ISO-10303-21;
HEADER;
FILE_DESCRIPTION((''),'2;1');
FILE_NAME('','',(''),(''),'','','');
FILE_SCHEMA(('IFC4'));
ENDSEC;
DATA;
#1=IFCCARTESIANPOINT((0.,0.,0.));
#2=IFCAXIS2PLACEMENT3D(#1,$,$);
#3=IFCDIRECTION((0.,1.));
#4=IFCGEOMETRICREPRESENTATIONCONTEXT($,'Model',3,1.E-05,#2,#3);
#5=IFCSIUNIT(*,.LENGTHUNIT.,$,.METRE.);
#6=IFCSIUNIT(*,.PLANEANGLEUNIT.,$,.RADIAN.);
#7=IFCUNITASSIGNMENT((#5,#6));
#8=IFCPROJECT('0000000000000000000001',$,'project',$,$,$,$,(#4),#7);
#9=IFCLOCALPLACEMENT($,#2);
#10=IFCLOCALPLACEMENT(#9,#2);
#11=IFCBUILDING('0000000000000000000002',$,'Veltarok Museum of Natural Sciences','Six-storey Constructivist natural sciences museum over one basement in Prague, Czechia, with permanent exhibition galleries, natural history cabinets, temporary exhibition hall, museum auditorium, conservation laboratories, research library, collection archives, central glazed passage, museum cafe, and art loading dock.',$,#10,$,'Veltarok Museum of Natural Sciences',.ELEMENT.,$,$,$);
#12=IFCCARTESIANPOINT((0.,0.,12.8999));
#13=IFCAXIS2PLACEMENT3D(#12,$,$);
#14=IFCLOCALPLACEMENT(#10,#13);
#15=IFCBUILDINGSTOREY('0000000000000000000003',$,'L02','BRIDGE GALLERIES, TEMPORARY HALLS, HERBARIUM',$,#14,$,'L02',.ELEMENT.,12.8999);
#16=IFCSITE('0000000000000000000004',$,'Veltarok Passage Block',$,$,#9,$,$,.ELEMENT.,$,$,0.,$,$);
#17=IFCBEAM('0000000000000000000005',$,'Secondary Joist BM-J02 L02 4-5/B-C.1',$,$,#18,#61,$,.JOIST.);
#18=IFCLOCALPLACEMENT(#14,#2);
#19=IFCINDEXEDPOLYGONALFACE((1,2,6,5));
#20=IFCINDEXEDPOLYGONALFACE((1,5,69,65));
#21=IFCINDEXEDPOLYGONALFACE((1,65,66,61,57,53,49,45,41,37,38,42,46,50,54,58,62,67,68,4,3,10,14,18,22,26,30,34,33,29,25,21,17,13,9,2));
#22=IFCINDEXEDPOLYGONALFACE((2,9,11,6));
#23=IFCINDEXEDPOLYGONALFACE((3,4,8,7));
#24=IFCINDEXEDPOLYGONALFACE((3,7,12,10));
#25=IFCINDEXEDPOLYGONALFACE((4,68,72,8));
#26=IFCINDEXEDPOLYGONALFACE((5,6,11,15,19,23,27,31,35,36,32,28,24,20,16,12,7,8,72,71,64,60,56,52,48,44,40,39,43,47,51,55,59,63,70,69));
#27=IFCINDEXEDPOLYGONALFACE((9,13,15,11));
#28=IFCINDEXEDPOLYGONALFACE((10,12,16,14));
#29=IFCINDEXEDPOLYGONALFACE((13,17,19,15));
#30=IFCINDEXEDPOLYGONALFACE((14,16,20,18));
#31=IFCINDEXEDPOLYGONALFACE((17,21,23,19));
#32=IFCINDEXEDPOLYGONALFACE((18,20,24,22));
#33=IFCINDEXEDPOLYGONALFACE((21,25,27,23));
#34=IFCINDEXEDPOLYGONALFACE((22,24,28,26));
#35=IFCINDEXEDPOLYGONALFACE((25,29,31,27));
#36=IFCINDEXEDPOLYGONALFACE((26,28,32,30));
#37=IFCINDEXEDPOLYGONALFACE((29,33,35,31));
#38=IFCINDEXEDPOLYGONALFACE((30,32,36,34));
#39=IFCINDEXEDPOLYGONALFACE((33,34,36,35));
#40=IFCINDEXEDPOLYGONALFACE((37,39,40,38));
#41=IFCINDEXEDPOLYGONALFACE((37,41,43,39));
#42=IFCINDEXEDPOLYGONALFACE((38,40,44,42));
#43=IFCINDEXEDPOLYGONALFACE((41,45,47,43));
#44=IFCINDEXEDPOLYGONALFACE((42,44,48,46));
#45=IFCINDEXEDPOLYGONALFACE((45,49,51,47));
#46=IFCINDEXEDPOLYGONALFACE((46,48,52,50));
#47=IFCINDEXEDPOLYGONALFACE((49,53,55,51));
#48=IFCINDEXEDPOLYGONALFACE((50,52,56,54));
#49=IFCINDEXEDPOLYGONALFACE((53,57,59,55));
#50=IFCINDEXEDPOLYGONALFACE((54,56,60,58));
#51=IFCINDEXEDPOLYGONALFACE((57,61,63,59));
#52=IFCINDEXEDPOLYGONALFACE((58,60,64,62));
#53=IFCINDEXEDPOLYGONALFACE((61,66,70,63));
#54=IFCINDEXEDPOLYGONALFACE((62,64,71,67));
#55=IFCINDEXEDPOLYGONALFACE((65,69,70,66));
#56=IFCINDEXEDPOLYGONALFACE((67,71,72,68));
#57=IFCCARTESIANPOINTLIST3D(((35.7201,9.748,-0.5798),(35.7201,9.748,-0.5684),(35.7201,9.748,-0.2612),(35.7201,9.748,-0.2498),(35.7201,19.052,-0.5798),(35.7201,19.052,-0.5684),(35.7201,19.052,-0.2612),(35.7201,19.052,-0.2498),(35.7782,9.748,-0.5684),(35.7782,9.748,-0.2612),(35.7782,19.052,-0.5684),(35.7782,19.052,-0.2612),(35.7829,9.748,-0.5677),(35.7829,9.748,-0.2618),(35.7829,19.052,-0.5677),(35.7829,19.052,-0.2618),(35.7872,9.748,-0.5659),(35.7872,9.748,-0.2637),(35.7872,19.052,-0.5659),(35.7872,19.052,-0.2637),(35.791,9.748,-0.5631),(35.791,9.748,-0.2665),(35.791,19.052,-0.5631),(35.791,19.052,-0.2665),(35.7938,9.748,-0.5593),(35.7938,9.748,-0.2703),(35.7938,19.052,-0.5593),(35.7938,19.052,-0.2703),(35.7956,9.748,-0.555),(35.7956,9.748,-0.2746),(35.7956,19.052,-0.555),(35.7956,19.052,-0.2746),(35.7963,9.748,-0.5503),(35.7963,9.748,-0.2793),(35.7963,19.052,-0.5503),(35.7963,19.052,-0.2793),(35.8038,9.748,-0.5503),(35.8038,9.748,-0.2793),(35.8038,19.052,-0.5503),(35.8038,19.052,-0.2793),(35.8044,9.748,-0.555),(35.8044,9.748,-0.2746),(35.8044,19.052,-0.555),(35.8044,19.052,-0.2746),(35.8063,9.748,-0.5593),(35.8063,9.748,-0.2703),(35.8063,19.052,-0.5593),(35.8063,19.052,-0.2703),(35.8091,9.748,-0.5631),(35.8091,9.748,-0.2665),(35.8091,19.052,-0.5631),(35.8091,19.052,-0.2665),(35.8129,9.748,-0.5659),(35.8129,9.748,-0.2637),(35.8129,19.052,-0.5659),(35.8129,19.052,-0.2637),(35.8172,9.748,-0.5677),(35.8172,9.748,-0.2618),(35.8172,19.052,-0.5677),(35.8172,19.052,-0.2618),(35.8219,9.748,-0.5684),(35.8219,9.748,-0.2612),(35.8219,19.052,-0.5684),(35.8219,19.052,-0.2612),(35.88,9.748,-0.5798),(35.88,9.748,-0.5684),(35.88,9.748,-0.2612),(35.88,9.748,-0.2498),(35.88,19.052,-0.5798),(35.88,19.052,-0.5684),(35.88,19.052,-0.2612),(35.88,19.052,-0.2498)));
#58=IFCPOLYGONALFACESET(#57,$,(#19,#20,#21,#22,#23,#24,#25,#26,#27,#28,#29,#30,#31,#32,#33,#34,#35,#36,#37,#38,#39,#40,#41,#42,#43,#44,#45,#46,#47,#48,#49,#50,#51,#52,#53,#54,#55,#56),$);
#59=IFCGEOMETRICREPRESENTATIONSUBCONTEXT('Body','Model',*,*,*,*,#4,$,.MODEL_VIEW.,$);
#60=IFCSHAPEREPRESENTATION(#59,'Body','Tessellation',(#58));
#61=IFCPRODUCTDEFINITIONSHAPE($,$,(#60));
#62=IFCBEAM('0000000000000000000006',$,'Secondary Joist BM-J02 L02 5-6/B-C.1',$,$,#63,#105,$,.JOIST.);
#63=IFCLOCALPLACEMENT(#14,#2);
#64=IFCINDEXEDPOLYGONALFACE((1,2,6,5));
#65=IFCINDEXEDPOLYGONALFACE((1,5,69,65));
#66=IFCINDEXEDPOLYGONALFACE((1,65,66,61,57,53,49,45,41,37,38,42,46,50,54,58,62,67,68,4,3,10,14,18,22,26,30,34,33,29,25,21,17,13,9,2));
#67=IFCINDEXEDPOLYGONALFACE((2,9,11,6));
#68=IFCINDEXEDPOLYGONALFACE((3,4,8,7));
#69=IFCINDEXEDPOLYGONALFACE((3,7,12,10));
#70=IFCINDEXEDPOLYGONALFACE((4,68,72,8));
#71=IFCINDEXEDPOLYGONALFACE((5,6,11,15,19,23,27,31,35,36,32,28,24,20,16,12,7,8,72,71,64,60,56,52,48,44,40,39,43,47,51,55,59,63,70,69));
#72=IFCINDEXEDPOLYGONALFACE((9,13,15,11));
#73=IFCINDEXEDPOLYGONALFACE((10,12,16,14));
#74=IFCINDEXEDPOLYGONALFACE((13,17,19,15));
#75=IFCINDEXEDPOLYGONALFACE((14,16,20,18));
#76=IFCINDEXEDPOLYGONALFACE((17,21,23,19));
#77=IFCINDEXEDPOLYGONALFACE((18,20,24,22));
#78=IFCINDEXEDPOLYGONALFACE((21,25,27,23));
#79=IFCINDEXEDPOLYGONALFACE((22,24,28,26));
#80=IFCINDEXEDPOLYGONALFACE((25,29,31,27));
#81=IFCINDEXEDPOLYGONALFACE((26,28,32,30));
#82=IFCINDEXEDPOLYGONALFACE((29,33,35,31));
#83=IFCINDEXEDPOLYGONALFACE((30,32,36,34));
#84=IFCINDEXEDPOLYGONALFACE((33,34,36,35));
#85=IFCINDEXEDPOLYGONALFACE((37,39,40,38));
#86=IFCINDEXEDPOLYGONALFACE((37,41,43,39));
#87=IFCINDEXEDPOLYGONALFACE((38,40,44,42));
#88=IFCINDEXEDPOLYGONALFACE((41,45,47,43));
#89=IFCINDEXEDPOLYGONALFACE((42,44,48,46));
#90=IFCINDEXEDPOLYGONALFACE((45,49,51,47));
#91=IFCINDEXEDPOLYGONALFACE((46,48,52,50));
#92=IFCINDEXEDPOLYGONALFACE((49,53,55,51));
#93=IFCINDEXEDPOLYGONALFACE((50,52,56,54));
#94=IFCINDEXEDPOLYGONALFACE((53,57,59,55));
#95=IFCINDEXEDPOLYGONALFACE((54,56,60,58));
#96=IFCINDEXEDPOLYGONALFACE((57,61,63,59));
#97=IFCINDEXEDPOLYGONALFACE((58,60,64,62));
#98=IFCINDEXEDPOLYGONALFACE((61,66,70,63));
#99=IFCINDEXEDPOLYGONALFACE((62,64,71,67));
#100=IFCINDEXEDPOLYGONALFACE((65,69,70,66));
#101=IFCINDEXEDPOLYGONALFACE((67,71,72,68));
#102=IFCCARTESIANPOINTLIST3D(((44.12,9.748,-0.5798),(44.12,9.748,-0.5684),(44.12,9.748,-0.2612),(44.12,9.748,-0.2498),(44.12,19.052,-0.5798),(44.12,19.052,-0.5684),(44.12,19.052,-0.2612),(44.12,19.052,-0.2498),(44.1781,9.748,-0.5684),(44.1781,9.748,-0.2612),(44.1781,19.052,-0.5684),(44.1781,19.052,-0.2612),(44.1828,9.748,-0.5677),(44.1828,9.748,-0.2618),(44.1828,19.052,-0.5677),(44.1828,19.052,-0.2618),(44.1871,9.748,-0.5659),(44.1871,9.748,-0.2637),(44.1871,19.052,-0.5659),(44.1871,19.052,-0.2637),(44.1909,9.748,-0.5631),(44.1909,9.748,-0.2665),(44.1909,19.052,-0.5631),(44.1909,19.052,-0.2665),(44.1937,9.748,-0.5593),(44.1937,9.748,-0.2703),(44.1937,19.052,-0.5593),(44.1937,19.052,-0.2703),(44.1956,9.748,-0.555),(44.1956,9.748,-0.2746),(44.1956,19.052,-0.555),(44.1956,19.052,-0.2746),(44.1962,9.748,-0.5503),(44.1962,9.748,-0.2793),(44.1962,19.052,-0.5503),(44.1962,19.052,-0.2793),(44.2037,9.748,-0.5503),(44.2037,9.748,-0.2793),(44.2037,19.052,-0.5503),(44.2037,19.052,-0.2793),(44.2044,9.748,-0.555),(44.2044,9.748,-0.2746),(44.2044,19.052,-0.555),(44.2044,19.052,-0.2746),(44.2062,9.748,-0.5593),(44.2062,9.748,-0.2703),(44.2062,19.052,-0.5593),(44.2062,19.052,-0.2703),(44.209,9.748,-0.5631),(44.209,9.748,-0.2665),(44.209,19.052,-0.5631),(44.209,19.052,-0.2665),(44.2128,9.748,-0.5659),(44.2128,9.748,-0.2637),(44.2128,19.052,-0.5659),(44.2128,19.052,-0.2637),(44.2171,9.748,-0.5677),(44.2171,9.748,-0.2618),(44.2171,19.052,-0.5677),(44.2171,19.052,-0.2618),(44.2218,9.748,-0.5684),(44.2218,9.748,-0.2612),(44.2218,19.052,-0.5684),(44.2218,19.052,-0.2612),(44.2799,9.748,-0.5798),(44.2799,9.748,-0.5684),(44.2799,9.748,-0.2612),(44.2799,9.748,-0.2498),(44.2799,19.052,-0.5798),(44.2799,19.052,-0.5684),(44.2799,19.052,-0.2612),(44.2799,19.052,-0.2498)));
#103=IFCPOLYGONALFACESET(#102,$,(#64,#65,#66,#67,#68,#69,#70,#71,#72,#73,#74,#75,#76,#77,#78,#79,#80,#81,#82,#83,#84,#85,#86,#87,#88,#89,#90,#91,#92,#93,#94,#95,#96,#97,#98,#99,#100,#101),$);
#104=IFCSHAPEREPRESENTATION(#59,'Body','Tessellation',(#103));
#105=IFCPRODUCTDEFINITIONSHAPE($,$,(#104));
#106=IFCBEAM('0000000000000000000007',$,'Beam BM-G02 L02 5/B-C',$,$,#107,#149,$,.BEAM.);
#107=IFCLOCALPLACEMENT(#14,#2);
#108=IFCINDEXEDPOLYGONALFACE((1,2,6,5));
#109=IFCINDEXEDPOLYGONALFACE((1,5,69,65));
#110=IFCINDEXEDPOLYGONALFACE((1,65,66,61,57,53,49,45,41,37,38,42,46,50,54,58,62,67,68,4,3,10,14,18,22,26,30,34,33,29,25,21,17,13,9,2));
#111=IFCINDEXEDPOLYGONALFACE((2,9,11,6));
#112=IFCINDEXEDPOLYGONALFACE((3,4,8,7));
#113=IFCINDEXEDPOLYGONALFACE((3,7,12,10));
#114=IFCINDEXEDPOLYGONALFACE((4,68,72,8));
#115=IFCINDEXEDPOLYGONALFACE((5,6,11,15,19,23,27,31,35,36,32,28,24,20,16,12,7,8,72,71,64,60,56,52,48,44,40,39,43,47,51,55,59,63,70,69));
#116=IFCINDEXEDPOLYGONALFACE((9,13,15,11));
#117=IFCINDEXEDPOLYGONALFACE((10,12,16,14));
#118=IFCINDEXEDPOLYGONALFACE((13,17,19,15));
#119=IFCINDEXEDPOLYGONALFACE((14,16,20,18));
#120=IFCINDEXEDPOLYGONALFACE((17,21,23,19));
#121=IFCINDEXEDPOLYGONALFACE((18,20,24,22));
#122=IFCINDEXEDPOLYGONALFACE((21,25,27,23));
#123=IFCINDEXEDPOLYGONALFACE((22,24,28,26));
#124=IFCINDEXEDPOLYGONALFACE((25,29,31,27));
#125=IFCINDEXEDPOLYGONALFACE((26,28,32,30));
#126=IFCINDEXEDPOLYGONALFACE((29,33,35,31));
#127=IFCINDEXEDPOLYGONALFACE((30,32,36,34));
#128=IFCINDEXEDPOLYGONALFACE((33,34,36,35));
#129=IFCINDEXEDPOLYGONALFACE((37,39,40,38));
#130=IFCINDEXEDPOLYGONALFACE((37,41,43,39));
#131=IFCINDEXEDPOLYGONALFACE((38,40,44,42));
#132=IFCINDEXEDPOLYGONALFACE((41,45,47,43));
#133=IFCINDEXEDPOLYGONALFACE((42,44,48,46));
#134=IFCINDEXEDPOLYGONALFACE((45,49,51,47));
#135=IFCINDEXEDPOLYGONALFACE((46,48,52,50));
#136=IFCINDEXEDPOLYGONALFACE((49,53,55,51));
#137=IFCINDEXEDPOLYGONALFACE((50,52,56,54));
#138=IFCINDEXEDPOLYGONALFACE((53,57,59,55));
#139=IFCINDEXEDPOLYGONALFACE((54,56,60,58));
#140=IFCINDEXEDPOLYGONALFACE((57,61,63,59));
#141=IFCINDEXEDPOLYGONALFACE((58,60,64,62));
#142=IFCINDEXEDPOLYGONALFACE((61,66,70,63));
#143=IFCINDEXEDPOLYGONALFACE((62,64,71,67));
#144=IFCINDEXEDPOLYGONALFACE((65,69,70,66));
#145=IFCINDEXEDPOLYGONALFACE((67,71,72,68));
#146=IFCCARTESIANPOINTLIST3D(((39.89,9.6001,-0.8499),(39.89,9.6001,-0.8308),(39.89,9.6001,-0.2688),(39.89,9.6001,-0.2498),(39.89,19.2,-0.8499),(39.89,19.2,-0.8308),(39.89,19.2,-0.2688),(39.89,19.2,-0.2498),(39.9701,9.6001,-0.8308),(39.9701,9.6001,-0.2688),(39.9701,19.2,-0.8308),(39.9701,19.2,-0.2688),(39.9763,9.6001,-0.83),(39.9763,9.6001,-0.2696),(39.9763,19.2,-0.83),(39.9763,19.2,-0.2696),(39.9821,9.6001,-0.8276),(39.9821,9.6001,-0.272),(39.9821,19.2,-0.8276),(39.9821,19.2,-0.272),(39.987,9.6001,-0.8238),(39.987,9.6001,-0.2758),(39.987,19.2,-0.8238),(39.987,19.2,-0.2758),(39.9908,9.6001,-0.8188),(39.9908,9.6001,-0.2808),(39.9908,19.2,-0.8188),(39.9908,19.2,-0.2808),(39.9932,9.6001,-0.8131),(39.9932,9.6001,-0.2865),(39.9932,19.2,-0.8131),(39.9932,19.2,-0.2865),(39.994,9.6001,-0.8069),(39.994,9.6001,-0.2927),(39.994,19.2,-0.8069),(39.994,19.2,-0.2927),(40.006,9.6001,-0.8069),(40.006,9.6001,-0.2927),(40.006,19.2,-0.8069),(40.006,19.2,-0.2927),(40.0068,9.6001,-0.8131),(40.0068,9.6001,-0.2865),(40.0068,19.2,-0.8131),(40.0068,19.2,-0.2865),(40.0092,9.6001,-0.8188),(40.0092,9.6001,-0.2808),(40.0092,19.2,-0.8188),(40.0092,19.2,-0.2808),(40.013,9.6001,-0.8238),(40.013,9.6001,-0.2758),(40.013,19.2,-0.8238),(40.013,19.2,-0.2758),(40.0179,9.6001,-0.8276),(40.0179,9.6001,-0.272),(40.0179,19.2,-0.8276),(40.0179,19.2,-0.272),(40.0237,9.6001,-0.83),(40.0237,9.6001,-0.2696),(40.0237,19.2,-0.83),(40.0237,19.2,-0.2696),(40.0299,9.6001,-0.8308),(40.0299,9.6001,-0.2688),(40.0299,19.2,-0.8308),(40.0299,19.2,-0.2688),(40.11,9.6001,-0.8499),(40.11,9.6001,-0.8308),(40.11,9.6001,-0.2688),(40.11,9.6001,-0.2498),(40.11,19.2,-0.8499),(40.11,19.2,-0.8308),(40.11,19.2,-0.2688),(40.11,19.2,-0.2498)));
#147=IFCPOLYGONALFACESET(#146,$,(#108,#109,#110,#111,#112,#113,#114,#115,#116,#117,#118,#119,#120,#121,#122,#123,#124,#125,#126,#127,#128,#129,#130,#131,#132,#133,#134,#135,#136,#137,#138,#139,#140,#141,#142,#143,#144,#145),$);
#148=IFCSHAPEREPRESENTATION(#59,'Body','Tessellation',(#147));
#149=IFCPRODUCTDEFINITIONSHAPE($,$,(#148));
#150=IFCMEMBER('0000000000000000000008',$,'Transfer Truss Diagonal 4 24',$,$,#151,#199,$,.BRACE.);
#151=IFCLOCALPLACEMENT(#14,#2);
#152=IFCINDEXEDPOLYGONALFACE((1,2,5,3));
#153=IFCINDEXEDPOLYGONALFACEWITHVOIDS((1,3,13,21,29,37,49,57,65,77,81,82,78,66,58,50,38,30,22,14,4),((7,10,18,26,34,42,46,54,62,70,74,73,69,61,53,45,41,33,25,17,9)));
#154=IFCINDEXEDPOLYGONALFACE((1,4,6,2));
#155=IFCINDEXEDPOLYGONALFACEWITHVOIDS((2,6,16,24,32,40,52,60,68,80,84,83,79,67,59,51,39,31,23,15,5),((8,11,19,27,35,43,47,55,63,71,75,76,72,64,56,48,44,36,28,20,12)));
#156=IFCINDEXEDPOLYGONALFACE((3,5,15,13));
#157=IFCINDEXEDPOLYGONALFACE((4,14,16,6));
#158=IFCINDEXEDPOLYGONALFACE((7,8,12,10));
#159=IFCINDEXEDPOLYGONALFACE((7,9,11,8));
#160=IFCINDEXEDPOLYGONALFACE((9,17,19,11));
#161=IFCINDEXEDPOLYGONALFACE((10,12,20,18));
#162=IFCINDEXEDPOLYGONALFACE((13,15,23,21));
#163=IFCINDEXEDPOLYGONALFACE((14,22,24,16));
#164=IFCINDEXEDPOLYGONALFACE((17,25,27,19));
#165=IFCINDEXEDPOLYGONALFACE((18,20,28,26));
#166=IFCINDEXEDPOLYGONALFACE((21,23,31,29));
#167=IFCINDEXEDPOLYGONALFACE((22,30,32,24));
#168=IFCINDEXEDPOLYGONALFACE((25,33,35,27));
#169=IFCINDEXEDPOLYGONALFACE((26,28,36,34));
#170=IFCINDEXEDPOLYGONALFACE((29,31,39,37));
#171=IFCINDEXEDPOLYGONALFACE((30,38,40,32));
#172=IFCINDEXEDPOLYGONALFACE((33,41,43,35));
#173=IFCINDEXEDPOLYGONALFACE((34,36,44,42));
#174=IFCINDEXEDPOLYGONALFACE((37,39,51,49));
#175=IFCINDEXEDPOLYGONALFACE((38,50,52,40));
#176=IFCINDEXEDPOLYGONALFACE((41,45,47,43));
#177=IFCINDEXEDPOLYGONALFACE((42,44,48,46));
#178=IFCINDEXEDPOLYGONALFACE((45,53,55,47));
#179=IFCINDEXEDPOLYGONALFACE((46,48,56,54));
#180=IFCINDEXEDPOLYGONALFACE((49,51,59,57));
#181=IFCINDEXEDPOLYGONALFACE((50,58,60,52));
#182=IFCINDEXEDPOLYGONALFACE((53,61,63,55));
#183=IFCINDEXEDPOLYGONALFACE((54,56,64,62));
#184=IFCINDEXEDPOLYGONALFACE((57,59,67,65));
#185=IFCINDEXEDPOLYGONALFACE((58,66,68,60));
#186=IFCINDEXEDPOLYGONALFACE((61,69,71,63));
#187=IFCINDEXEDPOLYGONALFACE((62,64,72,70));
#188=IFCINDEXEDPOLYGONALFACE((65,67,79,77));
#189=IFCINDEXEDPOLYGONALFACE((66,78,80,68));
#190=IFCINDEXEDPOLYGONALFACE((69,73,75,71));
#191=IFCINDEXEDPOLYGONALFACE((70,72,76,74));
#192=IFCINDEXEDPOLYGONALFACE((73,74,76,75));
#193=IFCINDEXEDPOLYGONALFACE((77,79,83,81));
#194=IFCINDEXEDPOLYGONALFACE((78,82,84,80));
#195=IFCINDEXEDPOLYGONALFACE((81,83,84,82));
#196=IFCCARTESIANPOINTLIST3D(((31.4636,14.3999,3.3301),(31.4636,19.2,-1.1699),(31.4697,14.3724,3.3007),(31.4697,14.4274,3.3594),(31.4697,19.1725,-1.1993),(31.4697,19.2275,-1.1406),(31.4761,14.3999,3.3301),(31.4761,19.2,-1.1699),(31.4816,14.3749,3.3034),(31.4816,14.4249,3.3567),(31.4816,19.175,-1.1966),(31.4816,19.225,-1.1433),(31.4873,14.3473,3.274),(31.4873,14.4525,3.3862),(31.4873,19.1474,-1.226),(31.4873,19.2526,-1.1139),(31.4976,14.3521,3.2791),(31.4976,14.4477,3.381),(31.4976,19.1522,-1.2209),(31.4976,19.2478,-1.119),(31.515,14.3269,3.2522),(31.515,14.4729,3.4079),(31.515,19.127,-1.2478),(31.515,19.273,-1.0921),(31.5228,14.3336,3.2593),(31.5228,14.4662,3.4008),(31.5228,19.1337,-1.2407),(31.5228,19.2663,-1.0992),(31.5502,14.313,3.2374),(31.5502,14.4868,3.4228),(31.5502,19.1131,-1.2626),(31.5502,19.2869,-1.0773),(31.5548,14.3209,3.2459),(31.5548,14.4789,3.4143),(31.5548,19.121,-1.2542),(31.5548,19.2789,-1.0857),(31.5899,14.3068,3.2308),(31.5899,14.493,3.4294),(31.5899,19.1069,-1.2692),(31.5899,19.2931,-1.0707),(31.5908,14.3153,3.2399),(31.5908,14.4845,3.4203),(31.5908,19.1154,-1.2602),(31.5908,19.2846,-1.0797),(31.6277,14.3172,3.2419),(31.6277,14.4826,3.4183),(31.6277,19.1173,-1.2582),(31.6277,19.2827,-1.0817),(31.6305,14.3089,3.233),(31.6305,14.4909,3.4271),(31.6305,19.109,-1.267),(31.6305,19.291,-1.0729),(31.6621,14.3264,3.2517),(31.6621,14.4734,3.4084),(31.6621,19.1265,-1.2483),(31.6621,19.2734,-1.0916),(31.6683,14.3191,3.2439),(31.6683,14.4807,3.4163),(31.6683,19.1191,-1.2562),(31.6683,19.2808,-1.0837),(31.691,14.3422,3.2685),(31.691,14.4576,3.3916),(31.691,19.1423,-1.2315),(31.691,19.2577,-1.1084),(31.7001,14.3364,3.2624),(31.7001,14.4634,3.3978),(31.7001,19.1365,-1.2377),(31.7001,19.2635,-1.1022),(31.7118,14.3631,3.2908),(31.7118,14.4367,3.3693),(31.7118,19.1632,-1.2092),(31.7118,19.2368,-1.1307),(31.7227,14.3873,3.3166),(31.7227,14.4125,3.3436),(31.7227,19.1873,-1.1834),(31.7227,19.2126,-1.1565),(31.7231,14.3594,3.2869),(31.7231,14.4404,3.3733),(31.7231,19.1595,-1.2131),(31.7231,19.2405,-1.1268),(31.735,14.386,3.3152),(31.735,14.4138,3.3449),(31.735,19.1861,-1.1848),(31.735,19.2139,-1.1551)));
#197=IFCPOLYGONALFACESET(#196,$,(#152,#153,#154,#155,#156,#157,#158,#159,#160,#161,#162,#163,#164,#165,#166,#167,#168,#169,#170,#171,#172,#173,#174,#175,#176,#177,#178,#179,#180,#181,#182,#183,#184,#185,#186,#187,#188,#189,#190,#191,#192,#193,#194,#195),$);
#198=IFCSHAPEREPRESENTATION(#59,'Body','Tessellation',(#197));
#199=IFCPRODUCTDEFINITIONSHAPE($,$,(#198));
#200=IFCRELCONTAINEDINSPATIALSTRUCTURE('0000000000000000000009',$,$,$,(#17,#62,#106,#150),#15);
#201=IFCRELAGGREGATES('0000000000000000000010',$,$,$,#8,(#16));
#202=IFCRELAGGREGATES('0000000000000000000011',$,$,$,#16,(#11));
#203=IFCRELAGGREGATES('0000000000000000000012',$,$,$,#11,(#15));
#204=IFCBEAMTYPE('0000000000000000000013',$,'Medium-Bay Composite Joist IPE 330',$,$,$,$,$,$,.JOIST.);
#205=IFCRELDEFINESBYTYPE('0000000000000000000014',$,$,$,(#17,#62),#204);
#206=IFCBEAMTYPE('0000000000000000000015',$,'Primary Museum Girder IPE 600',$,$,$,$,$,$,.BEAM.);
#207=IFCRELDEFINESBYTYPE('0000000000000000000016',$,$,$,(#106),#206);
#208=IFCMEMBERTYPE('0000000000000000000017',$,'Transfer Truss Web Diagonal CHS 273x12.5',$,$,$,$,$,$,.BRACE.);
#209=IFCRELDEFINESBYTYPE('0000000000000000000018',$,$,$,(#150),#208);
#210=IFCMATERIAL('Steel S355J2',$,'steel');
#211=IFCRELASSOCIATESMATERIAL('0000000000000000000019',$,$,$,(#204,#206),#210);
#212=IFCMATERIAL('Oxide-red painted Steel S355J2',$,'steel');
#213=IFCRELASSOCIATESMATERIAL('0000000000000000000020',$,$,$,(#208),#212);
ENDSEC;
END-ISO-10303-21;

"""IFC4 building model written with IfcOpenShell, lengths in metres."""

from ifc_helpers import new_model, si_unit, direction, frame, origin, origin_2d, place, context, subcontext, project, spatial, hollow_circle, i_section, extrude, material, material_profile, profile_set, type_object, element, save


model = new_model("IFC4")

# Units and contexts
model_context = context("Model", 3, precision=1e-05, world=origin(), true_north=direction((0.0, 1.0)))
body_context = subcontext(model_context, "Body", "Model", "MODEL_VIEW")
ifc_project = project(units=[si_unit("LENGTHUNIT", "METRE"), si_unit("PLANEANGLEUNIT", "RADIAN")], contexts=[model_context])

# Site, building, storey
site_placement = place(None, origin())
site = spatial("IfcSite", under=ifc_project, at=site_placement, Name="Veltarok Passage Block", CompositionType="ELEMENT", RefElevation=0.0)
building_placement = place(site_placement, origin())
building = spatial("IfcBuilding", under=site, at=building_placement, Name="Veltarok Museum of Natural Sciences", Description="Six-storey Constructivist natural sciences museum over one basement in Prague, Czechia, with permanent exhibition galleries, natural history cabinets, temporary exhibition hall, museum auditorium, conservation laboratories, research library, collection archives, central glazed passage, museum cafe, and art loading dock.", LongName="Veltarok Museum of Natural Sciences", CompositionType="ELEMENT")
storey_placement = place(building_placement, frame((0.0, 0.0, 12.8999)))
storey = spatial("IfcBuildingStorey", under=building, at=storey_placement, Name="L02", Description="BRIDGE GALLERIES, TEMPORARY HALLS, HERBARIUM", LongName="L02", CompositionType="ELEMENT", Elevation=12.8999)

# Shared definitions
ifc_material_1 = material(Name="Steel S355J2", Category="steel")

# Beams
ifc_material_profile_1 = material_profile(ifc_material_1, i_section(OverallWidth=0.1599, OverallDepth=0.3301, WebThickness=0.0076, FlangeThickness=0.0115, FilletRadius=0.0181, at=origin_2d()), Name="IPE 330")
ifc_profile_set_1 = profile_set([ifc_material_profile_1], Name="Steel S355J2")
beam_type_1 = type_object("IfcBeamType", Name="Medium-Bay Composite Joist IPE 330", PredefinedType="JOIST", material=ifc_profile_set_1)
for number, where, z_axis, x_axis, name in (
    (1, (35.8, 9.748, -0.4148), (0.0, 1.0, 0.0), (-1.0, 0.0, 0.0), "Secondary Joist BM-J02 L02 4-5/B-C.1"),
    (2, (44.2, 9.748, -0.4148), (0.0, 1.0, 0.0), (-1.0, 0.0, 0.0), "Secondary Joist BM-J02 L02 5-6/B-C.1"),
):
    element("IfcBeam", number, at=place(storey_placement, frame(where, z_axis=z_axis, x_axis=x_axis)), inside=storey, type_object=beam_type_1, Name=name, PredefinedType="JOIST", context=body_context, shape_type="SweptSolid", body=[
        extrude(i_section(OverallWidth=0.1599, OverallDepth=0.3301, WebThickness=0.0076, FlangeThickness=0.0115, FilletRadius=0.0181, at=origin_2d()), origin(), (0.0, 0.0, 1.0), 9.304),
    ])
ifc_material_profile_2 = material_profile(ifc_material_1, i_section(OverallWidth=0.22, OverallDepth=0.6001, WebThickness=0.012, FlangeThickness=0.019, FilletRadius=0.0239, at=origin_2d()), Name="IPE 600")
ifc_profile_set_2 = profile_set([ifc_material_profile_2], Name="Steel S355J2")
beam_type_2 = type_object("IfcBeamType", Name="Primary Museum Girder IPE 600", PredefinedType="BEAM", material=ifc_profile_set_2)
beam_1_placement = place(storey_placement, frame((40.0, 9.6001, -0.5498), z_axis=(0.0, 1.0, 0.0), x_axis=(-1.0, 0.0, 0.0)))
element("IfcBeam", 3, at=beam_1_placement, inside=storey, type_object=beam_type_2, Name="Beam BM-G02 L02 5/B-C", PredefinedType="BEAM", context=body_context, shape_type="SweptSolid", body=[
    extrude(i_section(OverallWidth=0.22, OverallDepth=0.6001, WebThickness=0.012, FlangeThickness=0.019, FilletRadius=0.0239, at=origin_2d()), origin(), (0.0, 0.0, 1.0), 9.5999),
])

# Member
ifc_material_2 = material(Name="Oxide-red painted Steel S355J2", Category="steel")
ifc_material_profile_3 = material_profile(ifc_material_2, hollow_circle(Radius=0.1365, WallThickness=0.0125, at=origin_2d()), Name="CHS 273x12.5")
ifc_profile_set_3 = profile_set([ifc_material_profile_3], Name="Oxide-red painted Steel S355J2")
member_type = type_object("IfcMemberType", Name="Transfer Truss Web Diagonal CHS 273x12.5", PredefinedType="BRACE", material=ifc_profile_set_3)
member_placement = place(storey_placement, frame((31.6001, 14.3999, 3.3301), z_axis=(0.0, 0.729541, -0.683937), x_axis=(-1.0, 0.0, 0.0)))
element("IfcMember", 4, at=member_placement, inside=storey, type_object=member_type, Name="Transfer Truss Diagonal 4 24", PredefinedType="BRACE", context=body_context, shape_type="SweptSolid", body=[
    extrude(hollow_circle(Radius=0.1365, WallThickness=0.0125, at=origin_2d()), origin(), (0.0, 0.0, 1.0), 6.5796),
])

save(model, "model.ifc")
